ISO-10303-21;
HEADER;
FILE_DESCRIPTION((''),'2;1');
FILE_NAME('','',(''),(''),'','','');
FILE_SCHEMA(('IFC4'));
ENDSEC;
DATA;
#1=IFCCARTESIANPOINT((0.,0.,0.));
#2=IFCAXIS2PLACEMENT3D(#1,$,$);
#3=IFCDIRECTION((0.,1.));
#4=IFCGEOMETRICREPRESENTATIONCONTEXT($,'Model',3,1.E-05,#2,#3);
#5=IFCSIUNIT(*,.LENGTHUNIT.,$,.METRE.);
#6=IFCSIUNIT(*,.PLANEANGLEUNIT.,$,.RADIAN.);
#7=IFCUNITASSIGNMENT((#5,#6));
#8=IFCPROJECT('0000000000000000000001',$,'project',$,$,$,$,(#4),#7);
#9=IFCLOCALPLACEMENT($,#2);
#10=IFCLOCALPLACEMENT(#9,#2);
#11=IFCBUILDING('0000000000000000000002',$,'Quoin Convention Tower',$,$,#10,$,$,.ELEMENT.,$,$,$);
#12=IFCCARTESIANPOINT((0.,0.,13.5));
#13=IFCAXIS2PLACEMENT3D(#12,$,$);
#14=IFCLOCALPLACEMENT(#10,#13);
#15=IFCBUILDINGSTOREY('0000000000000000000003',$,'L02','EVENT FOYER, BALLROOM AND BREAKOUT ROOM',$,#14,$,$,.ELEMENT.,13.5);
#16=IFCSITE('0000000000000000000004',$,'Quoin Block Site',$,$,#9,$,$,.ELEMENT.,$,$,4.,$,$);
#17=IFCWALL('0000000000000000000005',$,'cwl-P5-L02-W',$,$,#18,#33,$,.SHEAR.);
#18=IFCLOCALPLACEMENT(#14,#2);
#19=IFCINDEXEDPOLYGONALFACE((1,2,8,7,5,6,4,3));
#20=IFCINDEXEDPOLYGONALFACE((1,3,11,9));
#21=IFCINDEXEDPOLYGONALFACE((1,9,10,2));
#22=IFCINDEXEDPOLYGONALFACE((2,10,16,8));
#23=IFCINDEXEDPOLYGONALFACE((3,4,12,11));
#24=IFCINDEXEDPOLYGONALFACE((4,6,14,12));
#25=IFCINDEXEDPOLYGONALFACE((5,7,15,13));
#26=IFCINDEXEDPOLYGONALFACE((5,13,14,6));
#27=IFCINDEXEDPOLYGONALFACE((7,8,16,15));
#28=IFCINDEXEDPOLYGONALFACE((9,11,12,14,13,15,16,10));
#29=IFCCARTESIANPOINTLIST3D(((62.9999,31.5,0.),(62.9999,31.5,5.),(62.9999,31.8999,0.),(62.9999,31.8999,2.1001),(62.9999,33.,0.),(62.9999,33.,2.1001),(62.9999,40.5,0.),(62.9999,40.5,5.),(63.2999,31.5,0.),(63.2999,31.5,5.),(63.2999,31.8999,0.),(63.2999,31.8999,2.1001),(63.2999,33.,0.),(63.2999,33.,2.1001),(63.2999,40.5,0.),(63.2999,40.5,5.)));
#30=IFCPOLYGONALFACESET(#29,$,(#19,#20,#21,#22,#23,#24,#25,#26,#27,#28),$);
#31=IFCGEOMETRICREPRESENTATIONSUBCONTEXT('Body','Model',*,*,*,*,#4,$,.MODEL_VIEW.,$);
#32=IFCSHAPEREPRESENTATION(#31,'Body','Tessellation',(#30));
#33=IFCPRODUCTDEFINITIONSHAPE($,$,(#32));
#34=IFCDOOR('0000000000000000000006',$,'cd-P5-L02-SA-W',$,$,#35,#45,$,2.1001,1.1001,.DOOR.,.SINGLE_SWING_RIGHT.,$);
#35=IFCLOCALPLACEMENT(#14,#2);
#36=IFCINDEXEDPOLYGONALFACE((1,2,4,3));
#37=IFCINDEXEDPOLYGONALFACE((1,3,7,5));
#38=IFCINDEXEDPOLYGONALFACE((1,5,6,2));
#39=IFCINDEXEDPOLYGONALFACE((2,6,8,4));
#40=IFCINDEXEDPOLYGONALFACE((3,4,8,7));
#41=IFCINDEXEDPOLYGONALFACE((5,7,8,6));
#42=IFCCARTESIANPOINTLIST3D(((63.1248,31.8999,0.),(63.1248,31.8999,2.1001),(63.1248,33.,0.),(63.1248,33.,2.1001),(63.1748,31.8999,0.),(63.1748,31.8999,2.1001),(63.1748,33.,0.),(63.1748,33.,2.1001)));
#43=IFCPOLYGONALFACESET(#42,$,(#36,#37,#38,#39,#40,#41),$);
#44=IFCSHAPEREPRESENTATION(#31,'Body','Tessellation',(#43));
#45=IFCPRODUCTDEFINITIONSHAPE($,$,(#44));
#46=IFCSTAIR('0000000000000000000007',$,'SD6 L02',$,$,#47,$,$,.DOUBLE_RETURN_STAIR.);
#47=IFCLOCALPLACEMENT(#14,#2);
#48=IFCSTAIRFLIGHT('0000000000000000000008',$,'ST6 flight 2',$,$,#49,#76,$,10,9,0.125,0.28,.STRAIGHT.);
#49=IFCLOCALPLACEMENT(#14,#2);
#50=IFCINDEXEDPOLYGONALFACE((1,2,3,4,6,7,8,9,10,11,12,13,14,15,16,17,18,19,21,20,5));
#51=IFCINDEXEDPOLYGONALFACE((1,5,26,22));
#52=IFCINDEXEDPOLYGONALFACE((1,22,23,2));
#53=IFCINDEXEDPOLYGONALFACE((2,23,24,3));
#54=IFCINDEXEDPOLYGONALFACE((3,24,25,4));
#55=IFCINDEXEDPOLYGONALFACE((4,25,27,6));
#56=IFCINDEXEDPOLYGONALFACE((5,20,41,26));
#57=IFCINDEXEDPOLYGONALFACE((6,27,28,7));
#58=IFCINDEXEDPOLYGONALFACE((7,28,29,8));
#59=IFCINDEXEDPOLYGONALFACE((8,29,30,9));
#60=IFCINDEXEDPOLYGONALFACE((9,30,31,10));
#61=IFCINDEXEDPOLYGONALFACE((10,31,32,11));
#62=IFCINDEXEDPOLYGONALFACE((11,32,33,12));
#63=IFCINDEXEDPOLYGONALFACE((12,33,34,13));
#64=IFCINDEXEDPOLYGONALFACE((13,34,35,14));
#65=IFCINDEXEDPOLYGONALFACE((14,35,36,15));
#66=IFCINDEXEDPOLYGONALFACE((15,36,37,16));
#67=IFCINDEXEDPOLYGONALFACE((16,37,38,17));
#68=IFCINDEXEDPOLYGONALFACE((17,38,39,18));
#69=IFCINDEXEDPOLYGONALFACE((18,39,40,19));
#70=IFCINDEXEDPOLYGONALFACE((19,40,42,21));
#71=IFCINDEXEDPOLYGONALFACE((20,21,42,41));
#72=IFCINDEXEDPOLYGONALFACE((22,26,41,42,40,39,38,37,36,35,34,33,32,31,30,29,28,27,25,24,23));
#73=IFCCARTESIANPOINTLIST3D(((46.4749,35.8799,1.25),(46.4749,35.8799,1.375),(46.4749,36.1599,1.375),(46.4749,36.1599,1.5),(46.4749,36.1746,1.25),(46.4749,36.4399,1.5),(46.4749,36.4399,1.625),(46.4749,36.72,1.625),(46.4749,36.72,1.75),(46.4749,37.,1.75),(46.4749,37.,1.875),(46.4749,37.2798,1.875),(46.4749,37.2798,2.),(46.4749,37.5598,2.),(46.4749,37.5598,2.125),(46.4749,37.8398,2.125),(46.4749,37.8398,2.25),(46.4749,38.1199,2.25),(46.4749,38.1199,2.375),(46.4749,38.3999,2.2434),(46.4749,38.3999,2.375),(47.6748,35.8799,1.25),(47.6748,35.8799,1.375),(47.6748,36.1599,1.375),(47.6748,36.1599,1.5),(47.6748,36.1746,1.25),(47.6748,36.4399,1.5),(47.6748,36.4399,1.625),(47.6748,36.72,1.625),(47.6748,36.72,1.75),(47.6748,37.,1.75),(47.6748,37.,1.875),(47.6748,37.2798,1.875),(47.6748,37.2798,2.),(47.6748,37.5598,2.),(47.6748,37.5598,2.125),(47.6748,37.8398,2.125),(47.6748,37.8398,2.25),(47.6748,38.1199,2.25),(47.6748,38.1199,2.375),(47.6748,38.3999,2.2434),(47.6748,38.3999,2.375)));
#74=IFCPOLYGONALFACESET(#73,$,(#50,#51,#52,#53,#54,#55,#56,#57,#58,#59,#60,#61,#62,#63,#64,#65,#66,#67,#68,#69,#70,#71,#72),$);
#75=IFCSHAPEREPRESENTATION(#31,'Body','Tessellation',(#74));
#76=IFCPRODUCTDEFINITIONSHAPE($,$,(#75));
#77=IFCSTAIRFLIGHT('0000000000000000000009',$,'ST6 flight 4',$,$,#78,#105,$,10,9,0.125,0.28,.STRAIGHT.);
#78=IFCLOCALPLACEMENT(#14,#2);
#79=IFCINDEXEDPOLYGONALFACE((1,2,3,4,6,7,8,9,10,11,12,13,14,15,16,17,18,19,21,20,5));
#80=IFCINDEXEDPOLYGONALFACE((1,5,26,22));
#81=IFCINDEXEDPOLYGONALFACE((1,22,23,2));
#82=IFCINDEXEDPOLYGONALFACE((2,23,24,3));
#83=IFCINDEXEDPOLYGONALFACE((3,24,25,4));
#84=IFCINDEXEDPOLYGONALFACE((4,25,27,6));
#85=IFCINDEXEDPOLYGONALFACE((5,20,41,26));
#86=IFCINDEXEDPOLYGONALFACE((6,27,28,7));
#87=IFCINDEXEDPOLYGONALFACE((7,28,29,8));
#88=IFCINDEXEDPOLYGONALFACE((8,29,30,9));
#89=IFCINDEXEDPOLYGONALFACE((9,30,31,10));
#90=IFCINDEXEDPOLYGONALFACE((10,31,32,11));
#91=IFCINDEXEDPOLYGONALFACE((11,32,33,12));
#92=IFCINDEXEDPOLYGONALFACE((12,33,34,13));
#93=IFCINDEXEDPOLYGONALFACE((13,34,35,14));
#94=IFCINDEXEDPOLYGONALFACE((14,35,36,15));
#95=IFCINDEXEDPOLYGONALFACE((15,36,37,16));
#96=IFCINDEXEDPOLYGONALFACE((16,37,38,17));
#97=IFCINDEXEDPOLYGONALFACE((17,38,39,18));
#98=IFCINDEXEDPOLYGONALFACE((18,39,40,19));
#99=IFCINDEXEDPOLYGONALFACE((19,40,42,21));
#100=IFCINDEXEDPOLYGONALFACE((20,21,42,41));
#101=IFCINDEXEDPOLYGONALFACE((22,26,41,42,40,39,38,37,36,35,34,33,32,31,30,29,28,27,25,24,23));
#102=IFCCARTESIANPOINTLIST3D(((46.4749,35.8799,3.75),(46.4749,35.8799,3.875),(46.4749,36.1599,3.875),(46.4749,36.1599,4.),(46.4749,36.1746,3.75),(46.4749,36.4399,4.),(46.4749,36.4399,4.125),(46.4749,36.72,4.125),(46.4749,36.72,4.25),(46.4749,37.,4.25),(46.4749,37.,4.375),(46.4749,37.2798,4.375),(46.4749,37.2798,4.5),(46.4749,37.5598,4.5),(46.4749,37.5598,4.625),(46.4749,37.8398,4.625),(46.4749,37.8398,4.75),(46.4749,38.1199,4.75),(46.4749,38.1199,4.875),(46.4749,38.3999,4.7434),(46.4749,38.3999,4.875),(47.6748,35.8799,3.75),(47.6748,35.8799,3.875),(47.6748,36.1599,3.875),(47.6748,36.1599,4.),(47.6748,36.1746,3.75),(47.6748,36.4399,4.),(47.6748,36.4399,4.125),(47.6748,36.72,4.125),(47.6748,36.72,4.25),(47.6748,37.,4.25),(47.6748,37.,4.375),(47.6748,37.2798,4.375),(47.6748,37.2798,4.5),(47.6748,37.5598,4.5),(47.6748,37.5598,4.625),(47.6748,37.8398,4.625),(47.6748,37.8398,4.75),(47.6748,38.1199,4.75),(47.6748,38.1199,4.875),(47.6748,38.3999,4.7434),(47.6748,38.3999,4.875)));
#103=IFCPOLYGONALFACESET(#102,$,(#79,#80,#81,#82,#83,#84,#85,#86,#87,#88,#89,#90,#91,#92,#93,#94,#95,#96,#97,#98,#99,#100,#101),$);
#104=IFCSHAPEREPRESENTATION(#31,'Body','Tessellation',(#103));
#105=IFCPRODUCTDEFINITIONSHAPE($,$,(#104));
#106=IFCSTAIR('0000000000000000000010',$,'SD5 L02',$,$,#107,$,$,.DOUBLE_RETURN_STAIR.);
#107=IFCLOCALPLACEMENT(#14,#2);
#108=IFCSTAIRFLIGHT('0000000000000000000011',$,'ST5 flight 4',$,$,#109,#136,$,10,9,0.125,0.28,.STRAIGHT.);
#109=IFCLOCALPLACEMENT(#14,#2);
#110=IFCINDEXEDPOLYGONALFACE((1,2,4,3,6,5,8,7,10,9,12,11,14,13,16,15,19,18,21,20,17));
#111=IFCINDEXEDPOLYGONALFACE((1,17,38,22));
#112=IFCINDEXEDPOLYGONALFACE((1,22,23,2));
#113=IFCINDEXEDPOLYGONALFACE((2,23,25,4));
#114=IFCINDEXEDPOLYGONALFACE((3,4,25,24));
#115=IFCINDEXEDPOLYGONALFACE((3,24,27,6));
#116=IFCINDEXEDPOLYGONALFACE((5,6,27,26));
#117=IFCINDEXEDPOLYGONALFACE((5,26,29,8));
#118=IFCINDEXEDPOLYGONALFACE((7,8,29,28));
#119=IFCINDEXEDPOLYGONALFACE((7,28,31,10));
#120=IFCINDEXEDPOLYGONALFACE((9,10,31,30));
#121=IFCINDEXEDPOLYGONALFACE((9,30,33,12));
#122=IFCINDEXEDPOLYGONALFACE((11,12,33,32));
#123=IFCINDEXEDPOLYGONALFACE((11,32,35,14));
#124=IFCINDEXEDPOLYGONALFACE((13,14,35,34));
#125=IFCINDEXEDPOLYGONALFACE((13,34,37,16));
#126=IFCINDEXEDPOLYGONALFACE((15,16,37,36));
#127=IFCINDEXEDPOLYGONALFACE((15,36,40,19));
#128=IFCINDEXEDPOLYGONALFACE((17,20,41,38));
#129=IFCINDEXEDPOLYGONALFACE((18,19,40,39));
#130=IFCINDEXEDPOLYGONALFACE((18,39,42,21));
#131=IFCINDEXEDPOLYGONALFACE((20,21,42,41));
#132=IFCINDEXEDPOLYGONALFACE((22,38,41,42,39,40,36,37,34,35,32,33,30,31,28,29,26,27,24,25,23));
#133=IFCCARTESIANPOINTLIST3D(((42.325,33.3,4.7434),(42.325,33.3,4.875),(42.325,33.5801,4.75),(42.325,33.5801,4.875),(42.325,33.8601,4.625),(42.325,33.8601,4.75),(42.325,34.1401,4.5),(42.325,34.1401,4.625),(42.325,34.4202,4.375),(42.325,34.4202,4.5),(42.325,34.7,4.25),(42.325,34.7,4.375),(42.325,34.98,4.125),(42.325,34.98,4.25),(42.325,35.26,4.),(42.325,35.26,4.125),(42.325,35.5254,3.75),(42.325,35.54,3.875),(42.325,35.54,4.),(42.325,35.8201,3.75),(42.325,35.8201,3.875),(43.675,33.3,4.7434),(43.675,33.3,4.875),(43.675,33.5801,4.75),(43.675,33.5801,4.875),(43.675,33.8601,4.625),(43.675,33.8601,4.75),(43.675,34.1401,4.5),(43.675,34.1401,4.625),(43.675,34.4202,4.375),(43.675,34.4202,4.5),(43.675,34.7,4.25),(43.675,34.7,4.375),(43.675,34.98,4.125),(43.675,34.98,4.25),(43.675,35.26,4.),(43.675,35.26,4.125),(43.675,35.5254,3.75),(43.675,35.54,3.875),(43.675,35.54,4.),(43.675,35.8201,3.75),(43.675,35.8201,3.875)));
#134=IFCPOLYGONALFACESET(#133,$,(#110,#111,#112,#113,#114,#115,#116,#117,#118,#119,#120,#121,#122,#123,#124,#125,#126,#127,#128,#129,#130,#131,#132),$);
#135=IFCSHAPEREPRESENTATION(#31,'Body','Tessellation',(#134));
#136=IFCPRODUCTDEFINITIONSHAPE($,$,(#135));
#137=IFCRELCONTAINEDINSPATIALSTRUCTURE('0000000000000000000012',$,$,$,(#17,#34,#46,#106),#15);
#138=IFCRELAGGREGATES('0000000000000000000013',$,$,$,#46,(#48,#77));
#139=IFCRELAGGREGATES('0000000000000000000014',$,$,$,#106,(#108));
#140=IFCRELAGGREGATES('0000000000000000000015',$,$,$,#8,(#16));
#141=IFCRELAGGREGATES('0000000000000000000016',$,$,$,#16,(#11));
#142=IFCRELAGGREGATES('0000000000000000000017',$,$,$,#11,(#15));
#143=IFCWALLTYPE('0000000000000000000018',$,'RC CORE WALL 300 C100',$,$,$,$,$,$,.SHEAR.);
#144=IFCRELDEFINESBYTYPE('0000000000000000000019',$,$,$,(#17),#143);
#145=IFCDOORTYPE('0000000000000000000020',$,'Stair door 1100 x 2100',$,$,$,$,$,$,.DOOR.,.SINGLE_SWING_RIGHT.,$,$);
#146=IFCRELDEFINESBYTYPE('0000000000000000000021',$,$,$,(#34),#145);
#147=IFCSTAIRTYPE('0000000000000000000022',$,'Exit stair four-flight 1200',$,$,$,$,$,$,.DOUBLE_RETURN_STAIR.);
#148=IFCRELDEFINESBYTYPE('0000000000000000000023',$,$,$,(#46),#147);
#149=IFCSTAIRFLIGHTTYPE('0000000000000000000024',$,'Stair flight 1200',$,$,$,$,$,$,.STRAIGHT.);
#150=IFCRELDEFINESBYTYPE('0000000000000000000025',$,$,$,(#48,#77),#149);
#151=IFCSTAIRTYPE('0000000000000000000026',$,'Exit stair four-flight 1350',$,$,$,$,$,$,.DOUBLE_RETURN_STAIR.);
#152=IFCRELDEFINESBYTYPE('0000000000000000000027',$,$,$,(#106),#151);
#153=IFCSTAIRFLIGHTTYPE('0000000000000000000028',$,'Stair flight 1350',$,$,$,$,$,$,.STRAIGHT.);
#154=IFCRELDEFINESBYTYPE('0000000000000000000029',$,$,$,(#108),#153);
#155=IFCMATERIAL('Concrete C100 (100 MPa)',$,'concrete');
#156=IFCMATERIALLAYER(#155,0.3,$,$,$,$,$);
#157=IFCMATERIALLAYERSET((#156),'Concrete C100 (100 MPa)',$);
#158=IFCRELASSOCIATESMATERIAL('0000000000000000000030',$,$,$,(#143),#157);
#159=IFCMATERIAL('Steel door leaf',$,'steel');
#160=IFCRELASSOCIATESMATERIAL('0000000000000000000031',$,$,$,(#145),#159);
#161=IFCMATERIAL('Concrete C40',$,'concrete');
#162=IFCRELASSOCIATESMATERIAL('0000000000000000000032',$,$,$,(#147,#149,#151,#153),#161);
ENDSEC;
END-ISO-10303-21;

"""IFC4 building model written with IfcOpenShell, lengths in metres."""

from ifc_helpers import new_model, si_unit, direction, frame, frame_2d, origin, place, context, subcontext, project, spatial, polyline, rectangle, outline, extrude, material, layer, layer_set, type_object, element, fill, aggregate, save


model = new_model("IFC4")

# Units and contexts
model_context = context("Model", 3, precision=1e-05, world=origin(), true_north=direction((0.0, 1.0)))
body_context = subcontext(model_context, "Body", "Model", "MODEL_VIEW")
ifc_project = project(units=[si_unit("LENGTHUNIT", "METRE"), si_unit("PLANEANGLEUNIT", "RADIAN")], contexts=[model_context])

# Site, building, storey
site_placement = place(None, origin())
site = spatial("IfcSite", under=ifc_project, at=site_placement, Name="Quoin Block Site", CompositionType="ELEMENT", RefElevation=4.0)
building_placement = place(site_placement, origin())
building = spatial("IfcBuilding", under=site, at=building_placement, Name="Quoin Convention Tower", CompositionType="ELEMENT")
storey_placement = place(building_placement, frame((0.0, 0.0, 13.5)))
storey = spatial("IfcBuildingStorey", under=building, at=storey_placement, Name="L02", Description="EVENT FOYER, BALLROOM AND BREAKOUT ROOM", CompositionType="ELEMENT", Elevation=13.5)

# Shared definitions
ifc_material_1 = material(Name="Concrete C100 (100 MPa)", Category="concrete")

# Shared definitions
ifc_layer_1 = layer(ifc_material_1, 0.3)
ifc_layer_set_1 = layer_set([ifc_layer_1], Name="Concrete C100 (100 MPa)")
wall_type_1 = type_object("IfcWallType", Name="RC CORE WALL 300 C100", PredefinedType="SHEAR", material=ifc_layer_set_1)

# Wall, opening, door
wall_1_placement = place(storey_placement, frame((63.1499, 31.5, 0.0), z_axis=(0.0, 0.0, 1.0), x_axis=(0.0, 1.0, 0.0)))
wall_1 = element("IfcWall", 1, at=wall_1_placement, inside=storey, type_object=wall_type_1, Name="cwl-P5-L02-W", PredefinedType="SHEAR", context=body_context, shape_type="SweptSolid", body=[
    extrude(rectangle(XDim=9.0, YDim=0.3, at=frame_2d((4.5, 0.0))), origin(), (0.0, 0.0, 1.0), 5.0),
])
opening_1_placement = place(wall_1_placement, frame((0.3999, 0.0, 0.0)))
opening_1 = element("IfcOpeningElement", 2, at=opening_1_placement, cuts=wall_1, PredefinedType="OPENING", context=body_context, shape_type="SweptSolid", body=[
    extrude(rectangle(XDim=1.1001, YDim=2.1001, at=frame_2d((0.55, 1.05))), frame((0.0, 0.1599, 0.0), z_axis=(0.0, -1.0, 0.0), x_axis=(1.0, 0.0, 0.0)), (0.0, 0.0, 1.0), 0.3201),
])
ifc_material_2 = material(Name="Steel door leaf", Category="steel")
door_type = type_object("IfcDoorType", Name="Stair door 1100 x 2100", OperationType="SINGLE_SWING_RIGHT", PredefinedType="DOOR", material=ifc_material_2)
door_placement = place(opening_1_placement, frame((1.1001, 0.0, 0.0), z_axis=(0.0, 0.0, 1.0), x_axis=(-1.0, 0.0, 0.0)))
door = element("IfcDoor", 3, at=door_placement, inside=storey, type_object=door_type, Name="cd-P5-L02-SA-W", OperationType="SINGLE_SWING_RIGHT", OverallHeight=2.1001, OverallWidth=1.1001, PredefinedType="DOOR", context=body_context, shape_type="SweptSolid", body=[
    extrude(rectangle(XDim=1.1001, YDim=2.1001, at=frame_2d((0.55, 1.05))), frame((0.0, 0.0249, 0.0), z_axis=(0.0, -1.0, 0.0), x_axis=(1.0, 0.0, 0.0)), (0.0, 0.0, 1.0), 0.05),
])
fill(opening_1, door)

# Stair, stair flights
ifc_material_3 = material(Name="Concrete C40", Category="concrete")
stair_type_1 = type_object("IfcStairType", Name="Exit stair four-flight 1200", PredefinedType="DOUBLE_RETURN_STAIR", material=ifc_material_3)
stair_1_placement = place(storey_placement, origin())
stair_1 = element("IfcStair", 4, at=stair_1_placement, inside=storey, type_object=stair_type_1, Name="SD6 L02", PredefinedType="DOUBLE_RETURN_STAIR")
stair_flight_type_1 = type_object("IfcStairFlightType", Name="Stair flight 1200", PredefinedType="STRAIGHT", material=ifc_material_3)
stair_flight_1_placement = place(storey_placement, frame((47.075, 35.8799, 1.25), z_axis=(0.0, 0.0, 1.0), x_axis=(0.0, 1.0, 0.0)))
stair_flight_1 = element("IfcStairFlight", 5, at=stair_flight_1_placement, type_object=stair_flight_type_1, Name="ST6 flight 2", NumberOfRisers=10, NumberOfTreads=9, PredefinedType="STRAIGHT", RiserHeight=0.125, TreadLength=0.28, context=body_context, shape_type="SweptSolid", body=[
    extrude(outline(polyline([(0.0, 0.0), (0.0, 0.125), (0.28, 0.125), (0.28, 0.25), (0.5601, 0.25), (0.5601, 0.375), (0.8401, 0.375), (0.8401, 0.5), (1.1201, 0.5), (1.1201, 0.625), (1.3999, 0.625), (1.3999, 0.75), (1.6799, 0.75), (1.6799, 0.875), (1.96, 0.875), (1.96, 1.0), (2.24, 1.0), (2.24, 1.125), (2.52, 1.125), (2.52, 1.25), (2.52, 0.9934), (0.2947, 0.0), (0.0, 0.0)])), frame((0.0, 0.6001, 0.0), z_axis=(0.0, -1.0, 0.0), x_axis=(1.0, 0.0, 0.0)), (0.0, 0.0, 1.0), 1.2),
])
stair_flight_2_placement = place(storey_placement, frame((47.075, 35.8799, 3.75), z_axis=(0.0, 0.0, 1.0), x_axis=(0.0, 1.0, 0.0)))
stair_flight_2 = element("IfcStairFlight", 6, at=stair_flight_2_placement, type_object=stair_flight_type_1, Name="ST6 flight 4", NumberOfRisers=10, NumberOfTreads=9, PredefinedType="STRAIGHT", RiserHeight=0.125, TreadLength=0.28, context=body_context, shape_type="SweptSolid", body=[
    extrude(outline(polyline([(0.0, 0.0), (0.0, 0.125), (0.28, 0.125), (0.28, 0.25), (0.5601, 0.25), (0.5601, 0.375), (0.8401, 0.375), (0.8401, 0.5), (1.1201, 0.5), (1.1201, 0.625), (1.3999, 0.625), (1.3999, 0.75), (1.6799, 0.75), (1.6799, 0.875), (1.96, 0.875), (1.96, 1.0), (2.24, 1.0), (2.24, 1.125), (2.52, 1.125), (2.52, 1.25), (2.52, 0.9934), (0.2947, 0.0), (0.0, 0.0)])), frame((0.0, 0.6001, 0.0), z_axis=(0.0, -1.0, 0.0), x_axis=(1.0, 0.0, 0.0)), (0.0, 0.0, 1.0), 1.2),
])
aggregate(stair_1, [stair_flight_1, stair_flight_2])

# Stair, stair flight
stair_type_2 = type_object("IfcStairType", Name="Exit stair four-flight 1350", PredefinedType="DOUBLE_RETURN_STAIR", material=ifc_material_3)
stair_2_placement = place(storey_placement, origin())
stair_2 = element("IfcStair", 7, at=stair_2_placement, inside=storey, type_object=stair_type_2, Name="SD5 L02", PredefinedType="DOUBLE_RETURN_STAIR")
stair_flight_type_2 = type_object("IfcStairFlightType", Name="Stair flight 1350", PredefinedType="STRAIGHT", material=ifc_material_3)
stair_flight_3_placement = place(storey_placement, frame((43.0, 35.8201, 3.75), z_axis=(0.0, 0.0, 1.0), x_axis=(0.0, -1.0, 0.0)))
stair_flight_3 = element("IfcStairFlight", 8, at=stair_flight_3_placement, type_object=stair_flight_type_2, Name="ST5 flight 4", NumberOfRisers=10, NumberOfTreads=9, PredefinedType="STRAIGHT", RiserHeight=0.125, TreadLength=0.28, context=body_context, shape_type="SweptSolid", body=[
    extrude(outline(polyline([(0.0, 0.0), (0.0, 0.125), (0.28, 0.125), (0.28, 0.25), (0.5601, 0.25), (0.5601, 0.375), (0.8401, 0.375), (0.8401, 0.5), (1.1201, 0.5), (1.1201, 0.625), (1.3999, 0.625), (1.3999, 0.75), (1.6799, 0.75), (1.6799, 0.875), (1.96, 0.875), (1.96, 1.0), (2.24, 1.0), (2.24, 1.125), (2.52, 1.125), (2.52, 1.25), (2.52, 0.9934), (0.2947, 0.0), (0.0, 0.0)])), frame((0.0, 0.675, 0.0), z_axis=(0.0, -1.0, 0.0), x_axis=(1.0, 0.0, 0.0)), (0.0, 0.0, 1.0), 1.3501),
])
aggregate(stair_2, [stair_flight_3])

save(model, "model.ifc")
